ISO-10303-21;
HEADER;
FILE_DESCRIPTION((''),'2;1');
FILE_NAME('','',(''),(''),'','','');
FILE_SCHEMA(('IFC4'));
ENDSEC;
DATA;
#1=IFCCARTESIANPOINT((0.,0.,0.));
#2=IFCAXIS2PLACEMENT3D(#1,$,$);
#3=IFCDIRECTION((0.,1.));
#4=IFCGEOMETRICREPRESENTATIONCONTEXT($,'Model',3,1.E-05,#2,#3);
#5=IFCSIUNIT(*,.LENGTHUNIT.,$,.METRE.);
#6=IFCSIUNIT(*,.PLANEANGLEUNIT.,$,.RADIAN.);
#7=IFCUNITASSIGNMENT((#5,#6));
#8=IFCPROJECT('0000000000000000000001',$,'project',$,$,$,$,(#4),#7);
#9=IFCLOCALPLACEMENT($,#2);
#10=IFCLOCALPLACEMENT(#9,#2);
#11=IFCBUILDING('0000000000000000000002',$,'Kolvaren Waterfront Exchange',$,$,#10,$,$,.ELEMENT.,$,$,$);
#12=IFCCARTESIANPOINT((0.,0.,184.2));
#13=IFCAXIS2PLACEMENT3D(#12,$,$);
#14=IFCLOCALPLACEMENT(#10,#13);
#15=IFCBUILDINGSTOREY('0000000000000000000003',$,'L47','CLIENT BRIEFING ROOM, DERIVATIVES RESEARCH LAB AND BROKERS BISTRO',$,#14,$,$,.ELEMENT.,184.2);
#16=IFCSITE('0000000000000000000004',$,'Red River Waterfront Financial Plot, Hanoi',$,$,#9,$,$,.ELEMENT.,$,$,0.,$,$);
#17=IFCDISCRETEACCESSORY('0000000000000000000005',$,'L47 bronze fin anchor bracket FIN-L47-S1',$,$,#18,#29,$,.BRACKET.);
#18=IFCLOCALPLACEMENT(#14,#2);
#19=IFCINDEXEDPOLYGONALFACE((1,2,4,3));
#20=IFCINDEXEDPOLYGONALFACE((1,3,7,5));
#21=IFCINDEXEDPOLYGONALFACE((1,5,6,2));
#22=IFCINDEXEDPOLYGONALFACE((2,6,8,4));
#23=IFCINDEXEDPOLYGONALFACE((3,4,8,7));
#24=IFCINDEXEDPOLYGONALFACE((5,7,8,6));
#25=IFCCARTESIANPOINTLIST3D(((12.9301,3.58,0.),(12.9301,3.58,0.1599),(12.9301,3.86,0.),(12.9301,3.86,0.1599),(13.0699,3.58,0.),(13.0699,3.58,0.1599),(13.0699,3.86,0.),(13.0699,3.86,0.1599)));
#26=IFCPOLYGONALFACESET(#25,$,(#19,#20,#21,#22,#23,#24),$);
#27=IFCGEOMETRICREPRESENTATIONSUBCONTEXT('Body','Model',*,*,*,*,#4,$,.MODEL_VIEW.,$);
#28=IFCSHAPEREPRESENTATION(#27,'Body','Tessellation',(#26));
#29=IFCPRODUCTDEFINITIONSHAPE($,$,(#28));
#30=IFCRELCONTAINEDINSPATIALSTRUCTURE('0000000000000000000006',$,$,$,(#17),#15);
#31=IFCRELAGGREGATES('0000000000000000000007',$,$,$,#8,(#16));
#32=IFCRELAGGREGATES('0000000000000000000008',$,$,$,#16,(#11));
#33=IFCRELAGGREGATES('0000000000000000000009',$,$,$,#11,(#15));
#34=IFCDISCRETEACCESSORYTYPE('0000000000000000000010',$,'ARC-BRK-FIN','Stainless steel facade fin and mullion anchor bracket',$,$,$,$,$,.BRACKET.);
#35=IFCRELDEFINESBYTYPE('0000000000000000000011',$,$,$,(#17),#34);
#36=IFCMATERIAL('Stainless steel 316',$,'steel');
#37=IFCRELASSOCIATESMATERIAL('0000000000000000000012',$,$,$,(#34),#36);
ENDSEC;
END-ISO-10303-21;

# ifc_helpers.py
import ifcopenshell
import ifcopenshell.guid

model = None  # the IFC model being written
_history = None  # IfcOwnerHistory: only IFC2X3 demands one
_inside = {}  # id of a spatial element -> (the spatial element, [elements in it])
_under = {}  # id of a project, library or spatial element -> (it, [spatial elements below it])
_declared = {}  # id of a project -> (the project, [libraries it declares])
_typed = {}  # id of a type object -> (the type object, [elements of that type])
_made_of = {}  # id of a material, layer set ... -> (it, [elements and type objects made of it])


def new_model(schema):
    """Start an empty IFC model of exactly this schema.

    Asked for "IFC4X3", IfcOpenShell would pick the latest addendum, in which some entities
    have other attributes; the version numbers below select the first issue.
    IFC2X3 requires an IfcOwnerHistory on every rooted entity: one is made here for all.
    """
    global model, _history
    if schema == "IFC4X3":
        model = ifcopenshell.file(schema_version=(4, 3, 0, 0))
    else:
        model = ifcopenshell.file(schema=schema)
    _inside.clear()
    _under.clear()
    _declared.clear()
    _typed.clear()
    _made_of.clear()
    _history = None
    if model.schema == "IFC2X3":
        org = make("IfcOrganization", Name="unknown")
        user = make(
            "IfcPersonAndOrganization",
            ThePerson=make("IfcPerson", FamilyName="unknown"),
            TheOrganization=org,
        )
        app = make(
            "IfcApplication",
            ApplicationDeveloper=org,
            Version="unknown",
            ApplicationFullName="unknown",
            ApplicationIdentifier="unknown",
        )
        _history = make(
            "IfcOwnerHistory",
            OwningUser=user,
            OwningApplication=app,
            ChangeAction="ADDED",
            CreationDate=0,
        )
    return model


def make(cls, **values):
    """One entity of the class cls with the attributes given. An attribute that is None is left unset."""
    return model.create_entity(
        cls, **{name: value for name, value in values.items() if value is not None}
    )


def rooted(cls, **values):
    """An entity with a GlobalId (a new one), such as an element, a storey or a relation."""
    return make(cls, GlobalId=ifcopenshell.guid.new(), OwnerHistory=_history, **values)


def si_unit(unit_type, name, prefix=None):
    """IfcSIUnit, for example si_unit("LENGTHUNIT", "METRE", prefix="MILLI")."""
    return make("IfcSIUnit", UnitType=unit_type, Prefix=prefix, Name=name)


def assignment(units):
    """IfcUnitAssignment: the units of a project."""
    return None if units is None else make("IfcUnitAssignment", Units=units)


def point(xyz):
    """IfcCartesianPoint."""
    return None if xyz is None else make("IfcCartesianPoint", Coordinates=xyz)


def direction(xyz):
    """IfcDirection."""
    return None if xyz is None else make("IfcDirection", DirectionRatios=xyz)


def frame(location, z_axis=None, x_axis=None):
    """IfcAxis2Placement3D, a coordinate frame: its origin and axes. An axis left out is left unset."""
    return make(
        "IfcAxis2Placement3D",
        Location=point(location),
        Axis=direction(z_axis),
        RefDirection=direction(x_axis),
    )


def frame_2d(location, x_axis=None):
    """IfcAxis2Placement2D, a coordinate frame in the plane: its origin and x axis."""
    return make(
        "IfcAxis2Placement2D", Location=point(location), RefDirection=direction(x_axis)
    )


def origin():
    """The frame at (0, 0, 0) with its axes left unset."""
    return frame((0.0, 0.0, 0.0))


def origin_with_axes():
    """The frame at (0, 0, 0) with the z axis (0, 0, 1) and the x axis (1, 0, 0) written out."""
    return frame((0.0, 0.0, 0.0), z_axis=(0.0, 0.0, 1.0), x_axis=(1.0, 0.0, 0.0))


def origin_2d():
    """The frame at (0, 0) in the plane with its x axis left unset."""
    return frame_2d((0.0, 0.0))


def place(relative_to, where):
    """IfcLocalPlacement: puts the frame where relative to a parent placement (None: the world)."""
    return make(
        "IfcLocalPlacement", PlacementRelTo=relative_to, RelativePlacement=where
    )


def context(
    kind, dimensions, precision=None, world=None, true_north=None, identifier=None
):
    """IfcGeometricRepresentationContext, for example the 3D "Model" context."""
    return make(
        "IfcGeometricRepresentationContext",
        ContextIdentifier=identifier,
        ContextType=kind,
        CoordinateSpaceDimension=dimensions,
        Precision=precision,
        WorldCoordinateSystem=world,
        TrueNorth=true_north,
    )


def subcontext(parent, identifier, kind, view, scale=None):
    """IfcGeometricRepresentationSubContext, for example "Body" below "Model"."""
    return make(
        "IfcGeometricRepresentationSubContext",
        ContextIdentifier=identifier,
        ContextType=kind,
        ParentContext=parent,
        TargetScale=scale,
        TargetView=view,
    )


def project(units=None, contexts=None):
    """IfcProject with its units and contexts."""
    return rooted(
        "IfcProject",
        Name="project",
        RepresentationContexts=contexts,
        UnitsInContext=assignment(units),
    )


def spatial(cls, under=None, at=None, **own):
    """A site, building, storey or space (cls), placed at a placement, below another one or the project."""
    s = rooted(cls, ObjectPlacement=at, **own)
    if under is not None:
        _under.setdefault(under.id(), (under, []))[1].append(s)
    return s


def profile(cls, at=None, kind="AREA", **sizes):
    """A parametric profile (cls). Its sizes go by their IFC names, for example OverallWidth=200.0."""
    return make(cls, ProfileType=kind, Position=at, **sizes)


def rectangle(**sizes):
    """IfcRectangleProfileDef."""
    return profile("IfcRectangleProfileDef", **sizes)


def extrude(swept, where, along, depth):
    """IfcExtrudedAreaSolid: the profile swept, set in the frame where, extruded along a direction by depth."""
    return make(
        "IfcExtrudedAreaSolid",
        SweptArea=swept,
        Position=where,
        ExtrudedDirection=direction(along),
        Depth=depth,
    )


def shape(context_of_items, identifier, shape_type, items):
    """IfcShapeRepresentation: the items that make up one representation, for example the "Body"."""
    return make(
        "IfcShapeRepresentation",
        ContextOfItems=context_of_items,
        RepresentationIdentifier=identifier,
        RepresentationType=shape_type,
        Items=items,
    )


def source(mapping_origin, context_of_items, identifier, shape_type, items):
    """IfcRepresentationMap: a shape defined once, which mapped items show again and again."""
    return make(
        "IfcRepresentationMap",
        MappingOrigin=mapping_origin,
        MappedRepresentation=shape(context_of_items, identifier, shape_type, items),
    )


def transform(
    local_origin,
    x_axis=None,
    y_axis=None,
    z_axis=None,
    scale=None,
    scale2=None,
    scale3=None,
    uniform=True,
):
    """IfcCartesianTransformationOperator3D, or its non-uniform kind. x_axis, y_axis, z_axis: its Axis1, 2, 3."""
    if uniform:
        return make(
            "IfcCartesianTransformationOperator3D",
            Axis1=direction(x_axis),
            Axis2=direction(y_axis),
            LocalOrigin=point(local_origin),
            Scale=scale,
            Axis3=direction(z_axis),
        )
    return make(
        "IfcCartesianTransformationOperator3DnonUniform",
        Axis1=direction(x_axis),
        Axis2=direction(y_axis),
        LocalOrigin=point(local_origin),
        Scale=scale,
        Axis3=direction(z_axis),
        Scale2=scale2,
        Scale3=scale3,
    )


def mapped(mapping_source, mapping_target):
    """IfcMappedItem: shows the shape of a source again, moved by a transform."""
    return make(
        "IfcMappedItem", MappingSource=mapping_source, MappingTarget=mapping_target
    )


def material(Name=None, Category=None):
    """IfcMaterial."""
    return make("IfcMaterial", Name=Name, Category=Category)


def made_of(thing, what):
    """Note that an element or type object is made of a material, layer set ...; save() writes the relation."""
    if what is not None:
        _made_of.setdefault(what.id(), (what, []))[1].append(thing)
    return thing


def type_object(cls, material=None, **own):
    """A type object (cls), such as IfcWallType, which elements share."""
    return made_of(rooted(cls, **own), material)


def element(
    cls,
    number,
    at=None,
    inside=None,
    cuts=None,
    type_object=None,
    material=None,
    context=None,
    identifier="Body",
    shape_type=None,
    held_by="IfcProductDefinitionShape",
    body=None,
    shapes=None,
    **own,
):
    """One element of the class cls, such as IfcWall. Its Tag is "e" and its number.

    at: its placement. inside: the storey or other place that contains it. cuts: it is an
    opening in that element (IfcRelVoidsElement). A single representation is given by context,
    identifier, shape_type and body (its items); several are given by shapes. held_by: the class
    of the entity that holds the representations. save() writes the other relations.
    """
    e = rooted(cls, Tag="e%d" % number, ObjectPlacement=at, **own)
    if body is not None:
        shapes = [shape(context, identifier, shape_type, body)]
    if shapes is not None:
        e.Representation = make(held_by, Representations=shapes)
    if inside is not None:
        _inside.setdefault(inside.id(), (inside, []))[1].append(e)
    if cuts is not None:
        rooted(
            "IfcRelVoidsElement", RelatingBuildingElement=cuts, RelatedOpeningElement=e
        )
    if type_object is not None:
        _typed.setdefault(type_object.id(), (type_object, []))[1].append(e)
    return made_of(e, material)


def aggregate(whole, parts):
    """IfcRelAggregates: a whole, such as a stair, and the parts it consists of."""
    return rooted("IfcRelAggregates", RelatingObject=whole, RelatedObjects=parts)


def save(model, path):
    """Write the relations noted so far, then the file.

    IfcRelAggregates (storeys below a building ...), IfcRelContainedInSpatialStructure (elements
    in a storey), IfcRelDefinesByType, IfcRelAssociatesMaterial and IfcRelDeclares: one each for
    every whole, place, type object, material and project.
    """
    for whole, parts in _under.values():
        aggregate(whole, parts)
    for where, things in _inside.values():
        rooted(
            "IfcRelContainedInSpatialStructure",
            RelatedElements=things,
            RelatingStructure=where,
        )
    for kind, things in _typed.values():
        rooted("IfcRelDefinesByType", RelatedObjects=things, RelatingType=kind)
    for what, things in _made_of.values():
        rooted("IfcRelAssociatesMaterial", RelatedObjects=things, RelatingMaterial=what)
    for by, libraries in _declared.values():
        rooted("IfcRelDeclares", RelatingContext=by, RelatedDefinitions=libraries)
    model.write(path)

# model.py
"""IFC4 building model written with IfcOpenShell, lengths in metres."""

from ifc_helpers import new_model, si_unit, direction, frame, origin, origin_with_axes, origin_2d, place, context, subcontext, project, spatial, rectangle, extrude, source, transform, mapped, material, type_object, element, save


model = new_model("IFC4")

# Units and contexts
model_context = context("Model", 3, precision=1e-05, world=origin(), true_north=direction((0.0, 1.0)))
body_context = subcontext(model_context, "Body", "Model", "MODEL_VIEW")
ifc_project = project(units=[si_unit("LENGTHUNIT", "METRE"), si_unit("PLANEANGLEUNIT", "RADIAN")], contexts=[model_context])

# Site, building, storey
site_placement = place(None, origin())
site = spatial("IfcSite", under=ifc_project, at=site_placement, Name="Red River Waterfront Financial Plot, Hanoi", CompositionType="ELEMENT", RefElevation=0.0)
building_placement = place(site_placement, origin())
building = spatial("IfcBuilding", under=site, at=building_placement, Name="Kolvaren Waterfront Exchange", CompositionType="ELEMENT")
storey_placement = place(building_placement, frame((0.0, 0.0, 184.2)))
storey = spatial("IfcBuildingStorey", under=building, at=storey_placement, Name="L47", Description="CLIENT BRIEFING ROOM, DERIVATIVES RESEARCH LAB AND BROKERS BISTRO", CompositionType="ELEMENT", Elevation=184.2)

# Shared definitions
ifc_material_1 = material(Name="Stainless steel 316", Category="steel")

# Discrete accessory
discrete_accessory_type = type_object("IfcDiscreteAccessoryType", Name="ARC-BRK-FIN", Description="Stainless steel facade fin and mullion anchor bracket", PredefinedType="BRACKET", material=ifc_material_1)
shared_shape_1 = source(origin_with_axes(), body_context, "Body", "SweptSolid", [
    extrude(rectangle(XDim=0.28, YDim=0.1399, at=origin_2d()), origin(), (0.0, 0.0, 1.0), 0.1599),
])
discrete_accessory_placement = place(storey_placement, frame((13.0, 3.72, 0.0), z_axis=(0.0, 0.0, 1.0), x_axis=(0.0, -1.0, 0.0)))
element("IfcDiscreteAccessory", 1, at=discrete_accessory_placement, inside=storey, type_object=discrete_accessory_type, Name="L47 bronze fin anchor bracket FIN-L47-S1", PredefinedType="BRACKET", context=body_context, shape_type="MappedRepresentation", body=[
    mapped(shared_shape_1, transform((0.0, 0.0, 0.0), x_axis=(1.0, 0.0, 0.0), y_axis=(0.0, 1.0, 0.0), z_axis=(0.0, 0.0, 1.0), scale=1.0)),
])

save(model, "model.ifc")
